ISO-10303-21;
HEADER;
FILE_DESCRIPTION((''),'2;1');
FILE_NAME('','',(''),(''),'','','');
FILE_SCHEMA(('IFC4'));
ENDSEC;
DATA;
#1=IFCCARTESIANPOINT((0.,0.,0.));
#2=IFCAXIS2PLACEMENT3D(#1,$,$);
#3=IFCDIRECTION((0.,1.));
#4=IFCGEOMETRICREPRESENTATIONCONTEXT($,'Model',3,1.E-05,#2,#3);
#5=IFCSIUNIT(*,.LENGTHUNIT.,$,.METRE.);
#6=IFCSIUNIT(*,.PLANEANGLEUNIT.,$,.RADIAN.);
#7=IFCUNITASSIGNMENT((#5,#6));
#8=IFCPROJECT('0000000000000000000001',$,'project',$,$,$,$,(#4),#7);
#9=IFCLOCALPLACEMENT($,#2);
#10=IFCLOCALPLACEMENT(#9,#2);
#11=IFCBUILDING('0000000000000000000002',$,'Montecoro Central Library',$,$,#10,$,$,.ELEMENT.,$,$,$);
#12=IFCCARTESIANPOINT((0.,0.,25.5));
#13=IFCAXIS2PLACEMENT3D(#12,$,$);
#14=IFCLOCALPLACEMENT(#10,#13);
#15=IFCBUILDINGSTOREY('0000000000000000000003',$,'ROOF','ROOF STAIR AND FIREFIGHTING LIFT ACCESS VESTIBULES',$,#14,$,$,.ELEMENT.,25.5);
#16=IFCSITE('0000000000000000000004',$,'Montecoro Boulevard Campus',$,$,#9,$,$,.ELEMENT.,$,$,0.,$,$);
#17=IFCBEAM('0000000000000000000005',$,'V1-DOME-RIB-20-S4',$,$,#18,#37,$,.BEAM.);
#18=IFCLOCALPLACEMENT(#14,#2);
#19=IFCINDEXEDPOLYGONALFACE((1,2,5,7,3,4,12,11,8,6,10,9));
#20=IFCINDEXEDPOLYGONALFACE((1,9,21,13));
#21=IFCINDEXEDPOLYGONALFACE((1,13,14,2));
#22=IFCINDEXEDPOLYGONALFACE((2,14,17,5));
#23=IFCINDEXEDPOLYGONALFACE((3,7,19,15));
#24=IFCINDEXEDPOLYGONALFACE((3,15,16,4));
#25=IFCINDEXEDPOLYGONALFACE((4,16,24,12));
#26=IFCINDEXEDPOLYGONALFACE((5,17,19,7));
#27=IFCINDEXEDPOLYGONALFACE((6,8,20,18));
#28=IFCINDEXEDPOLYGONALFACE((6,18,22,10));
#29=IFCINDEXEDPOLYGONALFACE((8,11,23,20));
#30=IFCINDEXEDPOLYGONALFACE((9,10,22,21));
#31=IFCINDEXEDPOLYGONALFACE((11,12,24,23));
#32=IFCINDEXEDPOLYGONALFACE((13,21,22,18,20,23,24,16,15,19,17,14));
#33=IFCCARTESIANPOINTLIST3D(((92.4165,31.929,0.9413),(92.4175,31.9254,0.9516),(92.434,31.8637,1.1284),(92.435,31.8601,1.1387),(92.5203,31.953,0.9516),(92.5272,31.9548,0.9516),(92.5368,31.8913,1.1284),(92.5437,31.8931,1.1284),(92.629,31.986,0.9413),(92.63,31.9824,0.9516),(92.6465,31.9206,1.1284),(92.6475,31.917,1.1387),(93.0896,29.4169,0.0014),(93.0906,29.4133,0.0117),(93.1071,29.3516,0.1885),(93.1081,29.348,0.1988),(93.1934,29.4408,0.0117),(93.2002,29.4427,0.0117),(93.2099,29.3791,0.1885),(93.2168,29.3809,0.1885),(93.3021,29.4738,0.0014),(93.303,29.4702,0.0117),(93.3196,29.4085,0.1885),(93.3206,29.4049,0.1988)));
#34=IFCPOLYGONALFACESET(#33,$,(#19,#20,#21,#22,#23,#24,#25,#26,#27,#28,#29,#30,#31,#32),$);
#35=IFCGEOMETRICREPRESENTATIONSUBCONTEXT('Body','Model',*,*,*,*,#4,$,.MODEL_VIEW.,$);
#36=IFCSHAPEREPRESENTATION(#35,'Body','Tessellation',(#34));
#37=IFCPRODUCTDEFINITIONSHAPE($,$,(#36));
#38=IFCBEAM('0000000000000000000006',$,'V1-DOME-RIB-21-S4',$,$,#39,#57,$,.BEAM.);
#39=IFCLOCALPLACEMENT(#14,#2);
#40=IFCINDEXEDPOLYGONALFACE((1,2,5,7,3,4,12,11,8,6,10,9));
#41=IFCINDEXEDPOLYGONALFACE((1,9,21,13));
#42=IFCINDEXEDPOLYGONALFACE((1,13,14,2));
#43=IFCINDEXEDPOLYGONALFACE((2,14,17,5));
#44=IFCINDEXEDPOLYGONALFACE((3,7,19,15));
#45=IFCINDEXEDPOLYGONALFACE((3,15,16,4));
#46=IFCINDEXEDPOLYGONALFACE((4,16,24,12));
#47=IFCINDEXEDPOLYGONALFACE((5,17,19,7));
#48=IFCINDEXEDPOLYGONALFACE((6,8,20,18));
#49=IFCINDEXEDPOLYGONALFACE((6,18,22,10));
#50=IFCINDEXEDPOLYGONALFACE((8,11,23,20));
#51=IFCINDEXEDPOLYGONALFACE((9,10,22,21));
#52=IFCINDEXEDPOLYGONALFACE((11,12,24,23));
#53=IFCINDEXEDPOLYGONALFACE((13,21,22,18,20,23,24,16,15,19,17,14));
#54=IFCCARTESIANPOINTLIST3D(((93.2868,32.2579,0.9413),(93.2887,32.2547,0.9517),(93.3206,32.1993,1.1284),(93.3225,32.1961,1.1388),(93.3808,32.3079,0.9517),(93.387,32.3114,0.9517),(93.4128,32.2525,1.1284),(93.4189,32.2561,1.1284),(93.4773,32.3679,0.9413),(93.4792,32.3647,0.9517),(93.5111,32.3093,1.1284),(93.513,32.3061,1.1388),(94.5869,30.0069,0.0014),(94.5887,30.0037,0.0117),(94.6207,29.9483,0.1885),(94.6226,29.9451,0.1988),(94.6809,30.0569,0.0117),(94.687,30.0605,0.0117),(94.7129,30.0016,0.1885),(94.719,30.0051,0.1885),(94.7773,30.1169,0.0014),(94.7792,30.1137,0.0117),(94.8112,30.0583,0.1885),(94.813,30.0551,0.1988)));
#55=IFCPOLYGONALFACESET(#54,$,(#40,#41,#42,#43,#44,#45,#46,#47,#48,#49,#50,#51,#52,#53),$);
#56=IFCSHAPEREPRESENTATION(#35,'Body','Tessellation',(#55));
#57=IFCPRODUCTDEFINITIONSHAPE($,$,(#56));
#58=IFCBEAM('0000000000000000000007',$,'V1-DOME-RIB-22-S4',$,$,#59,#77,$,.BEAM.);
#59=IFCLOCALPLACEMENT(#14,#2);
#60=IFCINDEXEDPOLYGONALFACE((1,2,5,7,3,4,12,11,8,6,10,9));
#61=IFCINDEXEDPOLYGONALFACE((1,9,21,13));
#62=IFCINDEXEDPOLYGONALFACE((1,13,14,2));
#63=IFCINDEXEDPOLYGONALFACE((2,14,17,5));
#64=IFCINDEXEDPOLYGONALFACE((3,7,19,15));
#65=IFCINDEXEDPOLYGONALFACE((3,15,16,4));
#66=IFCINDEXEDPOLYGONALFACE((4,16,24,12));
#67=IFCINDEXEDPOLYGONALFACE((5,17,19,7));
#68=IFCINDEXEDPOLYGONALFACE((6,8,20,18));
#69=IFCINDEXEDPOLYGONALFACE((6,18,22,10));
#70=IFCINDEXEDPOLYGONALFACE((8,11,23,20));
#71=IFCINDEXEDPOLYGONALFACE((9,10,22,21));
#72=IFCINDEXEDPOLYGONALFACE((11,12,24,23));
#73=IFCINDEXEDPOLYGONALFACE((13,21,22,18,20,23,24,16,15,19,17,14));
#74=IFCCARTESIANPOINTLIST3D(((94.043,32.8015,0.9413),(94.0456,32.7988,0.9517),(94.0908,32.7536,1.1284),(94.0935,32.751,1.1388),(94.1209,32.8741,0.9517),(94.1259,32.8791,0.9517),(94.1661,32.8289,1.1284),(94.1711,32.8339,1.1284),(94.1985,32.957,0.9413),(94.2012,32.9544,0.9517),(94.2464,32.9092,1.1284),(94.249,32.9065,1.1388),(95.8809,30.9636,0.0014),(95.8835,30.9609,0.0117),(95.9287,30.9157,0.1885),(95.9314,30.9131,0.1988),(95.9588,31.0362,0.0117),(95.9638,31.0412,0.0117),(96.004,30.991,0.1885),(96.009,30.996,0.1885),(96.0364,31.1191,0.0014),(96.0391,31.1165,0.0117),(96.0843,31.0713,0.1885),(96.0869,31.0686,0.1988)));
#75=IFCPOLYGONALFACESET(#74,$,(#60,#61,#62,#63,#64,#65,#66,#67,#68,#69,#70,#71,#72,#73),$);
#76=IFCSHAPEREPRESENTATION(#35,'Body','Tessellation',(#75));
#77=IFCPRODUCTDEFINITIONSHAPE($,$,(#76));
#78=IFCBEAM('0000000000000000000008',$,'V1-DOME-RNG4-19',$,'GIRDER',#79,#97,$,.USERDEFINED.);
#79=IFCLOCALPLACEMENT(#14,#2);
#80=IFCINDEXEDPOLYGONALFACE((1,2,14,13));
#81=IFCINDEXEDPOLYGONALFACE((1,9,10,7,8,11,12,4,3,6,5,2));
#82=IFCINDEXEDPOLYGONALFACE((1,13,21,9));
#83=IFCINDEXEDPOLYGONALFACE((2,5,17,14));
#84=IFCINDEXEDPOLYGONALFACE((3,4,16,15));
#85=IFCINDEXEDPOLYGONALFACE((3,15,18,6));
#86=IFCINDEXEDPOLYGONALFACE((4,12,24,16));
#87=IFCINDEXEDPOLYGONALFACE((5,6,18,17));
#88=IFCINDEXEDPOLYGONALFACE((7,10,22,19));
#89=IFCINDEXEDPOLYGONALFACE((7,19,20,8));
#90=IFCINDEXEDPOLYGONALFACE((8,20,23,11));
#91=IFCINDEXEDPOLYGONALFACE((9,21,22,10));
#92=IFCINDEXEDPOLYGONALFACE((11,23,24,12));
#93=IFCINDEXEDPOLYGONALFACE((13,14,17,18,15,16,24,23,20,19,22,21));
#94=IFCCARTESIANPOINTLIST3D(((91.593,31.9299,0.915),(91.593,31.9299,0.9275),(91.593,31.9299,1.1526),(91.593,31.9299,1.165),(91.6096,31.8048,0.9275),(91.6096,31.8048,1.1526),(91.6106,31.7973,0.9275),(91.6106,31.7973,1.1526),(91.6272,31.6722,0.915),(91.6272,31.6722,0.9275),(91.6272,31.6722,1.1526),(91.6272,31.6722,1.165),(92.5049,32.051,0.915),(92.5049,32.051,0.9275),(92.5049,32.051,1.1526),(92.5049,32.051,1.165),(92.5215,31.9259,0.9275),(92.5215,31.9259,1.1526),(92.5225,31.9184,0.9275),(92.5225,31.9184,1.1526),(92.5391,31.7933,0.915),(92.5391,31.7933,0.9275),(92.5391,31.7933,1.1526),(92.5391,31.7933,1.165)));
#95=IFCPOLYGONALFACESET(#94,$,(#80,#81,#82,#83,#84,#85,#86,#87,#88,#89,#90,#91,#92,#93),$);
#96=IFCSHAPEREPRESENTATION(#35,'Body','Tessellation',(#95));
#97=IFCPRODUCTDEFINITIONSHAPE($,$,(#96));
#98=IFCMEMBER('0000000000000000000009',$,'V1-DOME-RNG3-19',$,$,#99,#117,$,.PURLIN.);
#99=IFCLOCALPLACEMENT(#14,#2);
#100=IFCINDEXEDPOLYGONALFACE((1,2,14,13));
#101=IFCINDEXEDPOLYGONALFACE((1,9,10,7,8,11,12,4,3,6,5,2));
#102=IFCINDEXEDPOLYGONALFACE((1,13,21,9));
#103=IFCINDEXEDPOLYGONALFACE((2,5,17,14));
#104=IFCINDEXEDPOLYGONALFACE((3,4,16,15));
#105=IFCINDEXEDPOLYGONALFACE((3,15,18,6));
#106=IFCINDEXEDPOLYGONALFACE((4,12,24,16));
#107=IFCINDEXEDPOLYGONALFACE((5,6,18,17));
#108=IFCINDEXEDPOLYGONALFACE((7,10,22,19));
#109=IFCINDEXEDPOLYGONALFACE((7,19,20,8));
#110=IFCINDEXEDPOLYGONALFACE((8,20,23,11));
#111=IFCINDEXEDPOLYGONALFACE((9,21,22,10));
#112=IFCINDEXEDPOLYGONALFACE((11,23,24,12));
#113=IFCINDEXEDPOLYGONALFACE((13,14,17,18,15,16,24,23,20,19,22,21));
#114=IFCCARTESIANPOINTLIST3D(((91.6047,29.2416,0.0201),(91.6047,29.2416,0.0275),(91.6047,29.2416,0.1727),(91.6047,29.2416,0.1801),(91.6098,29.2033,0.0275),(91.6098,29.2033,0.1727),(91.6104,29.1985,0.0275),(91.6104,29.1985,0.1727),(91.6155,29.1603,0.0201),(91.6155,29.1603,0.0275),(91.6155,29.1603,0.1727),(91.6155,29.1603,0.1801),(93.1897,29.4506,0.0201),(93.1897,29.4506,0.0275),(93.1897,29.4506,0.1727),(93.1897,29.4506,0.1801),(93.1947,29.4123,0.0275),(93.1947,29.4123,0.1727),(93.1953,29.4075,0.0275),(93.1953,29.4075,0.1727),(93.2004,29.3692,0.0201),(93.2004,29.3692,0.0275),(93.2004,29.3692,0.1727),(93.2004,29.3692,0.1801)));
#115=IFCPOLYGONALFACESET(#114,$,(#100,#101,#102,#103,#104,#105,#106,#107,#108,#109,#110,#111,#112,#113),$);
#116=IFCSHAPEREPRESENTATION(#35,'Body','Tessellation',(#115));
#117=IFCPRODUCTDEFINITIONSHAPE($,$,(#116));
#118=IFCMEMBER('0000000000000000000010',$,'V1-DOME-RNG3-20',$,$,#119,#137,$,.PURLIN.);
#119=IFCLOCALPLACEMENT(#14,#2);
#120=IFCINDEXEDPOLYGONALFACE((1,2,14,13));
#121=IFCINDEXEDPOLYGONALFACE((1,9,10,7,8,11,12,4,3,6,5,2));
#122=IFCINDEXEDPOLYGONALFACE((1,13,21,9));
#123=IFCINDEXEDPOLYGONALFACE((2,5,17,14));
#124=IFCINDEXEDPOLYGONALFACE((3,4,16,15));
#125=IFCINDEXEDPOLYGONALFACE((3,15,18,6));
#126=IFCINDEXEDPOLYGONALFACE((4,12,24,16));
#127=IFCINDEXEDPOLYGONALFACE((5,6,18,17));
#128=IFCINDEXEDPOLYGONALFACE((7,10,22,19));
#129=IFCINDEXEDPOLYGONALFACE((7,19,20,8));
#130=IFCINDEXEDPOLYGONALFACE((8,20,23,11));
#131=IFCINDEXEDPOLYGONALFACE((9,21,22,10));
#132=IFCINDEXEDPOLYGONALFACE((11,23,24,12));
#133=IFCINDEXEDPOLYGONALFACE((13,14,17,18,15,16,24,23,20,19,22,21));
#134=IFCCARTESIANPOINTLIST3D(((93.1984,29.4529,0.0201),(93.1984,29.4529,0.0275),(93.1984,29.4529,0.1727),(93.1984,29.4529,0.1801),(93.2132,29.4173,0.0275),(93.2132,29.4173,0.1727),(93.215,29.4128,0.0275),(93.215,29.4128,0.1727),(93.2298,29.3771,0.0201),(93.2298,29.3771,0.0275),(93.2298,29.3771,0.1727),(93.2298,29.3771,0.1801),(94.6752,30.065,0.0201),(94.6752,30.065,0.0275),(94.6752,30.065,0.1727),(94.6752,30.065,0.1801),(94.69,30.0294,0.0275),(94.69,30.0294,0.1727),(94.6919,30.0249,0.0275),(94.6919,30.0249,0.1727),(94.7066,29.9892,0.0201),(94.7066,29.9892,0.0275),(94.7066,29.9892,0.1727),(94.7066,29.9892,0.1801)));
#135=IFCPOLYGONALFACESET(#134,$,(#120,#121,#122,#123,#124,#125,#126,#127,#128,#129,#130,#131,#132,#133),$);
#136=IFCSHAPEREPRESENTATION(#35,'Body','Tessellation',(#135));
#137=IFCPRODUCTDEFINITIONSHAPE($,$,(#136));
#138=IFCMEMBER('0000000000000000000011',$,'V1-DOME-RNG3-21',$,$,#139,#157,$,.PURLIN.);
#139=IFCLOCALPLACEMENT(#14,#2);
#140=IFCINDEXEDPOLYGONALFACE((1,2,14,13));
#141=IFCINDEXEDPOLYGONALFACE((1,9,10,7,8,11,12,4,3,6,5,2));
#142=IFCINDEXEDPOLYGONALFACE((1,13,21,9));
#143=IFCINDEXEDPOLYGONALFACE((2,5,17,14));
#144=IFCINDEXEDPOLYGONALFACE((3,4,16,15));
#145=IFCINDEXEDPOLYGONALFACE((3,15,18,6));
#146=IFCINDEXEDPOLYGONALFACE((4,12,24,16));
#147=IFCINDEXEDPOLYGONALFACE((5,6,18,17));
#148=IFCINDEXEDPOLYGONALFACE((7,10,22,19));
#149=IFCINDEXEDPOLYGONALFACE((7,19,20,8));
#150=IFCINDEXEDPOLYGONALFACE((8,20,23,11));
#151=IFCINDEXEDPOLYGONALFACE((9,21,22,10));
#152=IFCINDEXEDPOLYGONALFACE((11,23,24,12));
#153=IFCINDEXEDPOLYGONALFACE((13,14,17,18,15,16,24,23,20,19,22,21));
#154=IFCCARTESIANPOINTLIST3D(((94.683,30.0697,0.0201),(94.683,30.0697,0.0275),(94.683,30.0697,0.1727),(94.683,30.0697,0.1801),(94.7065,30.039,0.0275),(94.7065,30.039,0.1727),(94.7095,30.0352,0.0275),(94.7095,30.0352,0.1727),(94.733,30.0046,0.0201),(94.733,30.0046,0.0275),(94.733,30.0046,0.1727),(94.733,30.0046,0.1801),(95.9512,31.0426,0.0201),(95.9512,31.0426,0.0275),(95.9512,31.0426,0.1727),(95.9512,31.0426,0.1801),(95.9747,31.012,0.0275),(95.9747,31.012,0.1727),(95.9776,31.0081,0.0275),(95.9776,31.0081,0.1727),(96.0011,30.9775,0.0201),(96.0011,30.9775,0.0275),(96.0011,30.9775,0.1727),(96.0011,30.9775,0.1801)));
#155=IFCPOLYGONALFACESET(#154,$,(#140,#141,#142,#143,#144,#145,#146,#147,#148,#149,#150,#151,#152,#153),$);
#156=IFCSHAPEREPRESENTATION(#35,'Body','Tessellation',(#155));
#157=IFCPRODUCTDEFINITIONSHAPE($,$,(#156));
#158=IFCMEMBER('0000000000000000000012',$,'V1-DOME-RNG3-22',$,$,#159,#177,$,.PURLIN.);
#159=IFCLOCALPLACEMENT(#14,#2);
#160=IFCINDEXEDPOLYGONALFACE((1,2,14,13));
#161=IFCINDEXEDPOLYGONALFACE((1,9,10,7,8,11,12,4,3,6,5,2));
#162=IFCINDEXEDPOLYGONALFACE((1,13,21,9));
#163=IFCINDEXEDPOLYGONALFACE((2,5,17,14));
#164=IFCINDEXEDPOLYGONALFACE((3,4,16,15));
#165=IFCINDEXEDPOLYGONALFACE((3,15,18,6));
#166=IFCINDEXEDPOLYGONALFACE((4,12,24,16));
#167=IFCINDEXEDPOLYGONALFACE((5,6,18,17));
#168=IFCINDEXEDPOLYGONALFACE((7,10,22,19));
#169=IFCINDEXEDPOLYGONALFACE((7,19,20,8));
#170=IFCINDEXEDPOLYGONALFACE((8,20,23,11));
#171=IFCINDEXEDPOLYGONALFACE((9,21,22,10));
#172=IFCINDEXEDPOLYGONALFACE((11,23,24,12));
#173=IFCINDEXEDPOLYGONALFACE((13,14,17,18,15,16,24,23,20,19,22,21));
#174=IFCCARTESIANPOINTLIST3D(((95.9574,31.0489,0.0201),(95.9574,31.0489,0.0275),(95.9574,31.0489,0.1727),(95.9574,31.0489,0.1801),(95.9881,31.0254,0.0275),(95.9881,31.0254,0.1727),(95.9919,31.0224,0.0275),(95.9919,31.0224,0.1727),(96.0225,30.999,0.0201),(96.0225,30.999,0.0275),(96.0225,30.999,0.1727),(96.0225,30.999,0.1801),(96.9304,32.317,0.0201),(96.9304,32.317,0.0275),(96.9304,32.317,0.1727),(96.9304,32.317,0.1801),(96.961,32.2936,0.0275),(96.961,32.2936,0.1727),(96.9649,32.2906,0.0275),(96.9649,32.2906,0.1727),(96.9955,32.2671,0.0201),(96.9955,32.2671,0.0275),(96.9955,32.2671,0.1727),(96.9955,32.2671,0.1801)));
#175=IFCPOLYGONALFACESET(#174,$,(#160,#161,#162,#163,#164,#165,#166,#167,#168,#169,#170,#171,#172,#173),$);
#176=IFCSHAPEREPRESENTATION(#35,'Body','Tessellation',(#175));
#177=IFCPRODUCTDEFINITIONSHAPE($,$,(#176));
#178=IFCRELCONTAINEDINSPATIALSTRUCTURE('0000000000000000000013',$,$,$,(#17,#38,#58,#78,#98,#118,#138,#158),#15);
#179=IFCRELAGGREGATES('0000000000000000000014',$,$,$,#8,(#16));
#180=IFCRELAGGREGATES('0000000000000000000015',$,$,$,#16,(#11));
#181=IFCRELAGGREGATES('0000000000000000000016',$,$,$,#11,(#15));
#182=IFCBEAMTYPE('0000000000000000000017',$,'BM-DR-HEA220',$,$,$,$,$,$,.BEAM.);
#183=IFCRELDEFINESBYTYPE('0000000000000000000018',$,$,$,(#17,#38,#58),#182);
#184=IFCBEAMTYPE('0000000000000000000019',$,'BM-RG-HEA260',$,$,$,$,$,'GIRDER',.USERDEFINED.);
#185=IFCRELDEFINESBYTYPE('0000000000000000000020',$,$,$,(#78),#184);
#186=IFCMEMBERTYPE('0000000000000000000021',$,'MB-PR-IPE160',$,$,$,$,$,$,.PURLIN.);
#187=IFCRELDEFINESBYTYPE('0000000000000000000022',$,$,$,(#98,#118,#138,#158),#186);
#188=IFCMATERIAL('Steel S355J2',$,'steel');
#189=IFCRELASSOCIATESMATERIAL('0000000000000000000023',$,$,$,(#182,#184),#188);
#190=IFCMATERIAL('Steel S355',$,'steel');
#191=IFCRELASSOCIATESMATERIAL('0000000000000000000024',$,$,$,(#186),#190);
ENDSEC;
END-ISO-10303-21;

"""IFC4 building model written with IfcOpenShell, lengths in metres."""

from ifc_helpers import new_model, si_unit, direction, frame, origin, origin_2d, place, context, subcontext, project, spatial, i_section, extrude, material, material_profile, profile_set, type_object, element, save


model = new_model("IFC4")

# Units and contexts
model_context = context("Model", 3, precision=1e-05, world=origin(), true_north=direction((0.0, 1.0)))
body_context = subcontext(model_context, "Body", "Model", "MODEL_VIEW")
ifc_project = project(units=[si_unit("LENGTHUNIT", "METRE"), si_unit("PLANEANGLEUNIT", "RADIAN")], contexts=[model_context])

# Site, building, storey
site_placement = place(None, origin())
site = spatial("IfcSite", under=ifc_project, at=site_placement, Name="Montecoro Boulevard Campus", CompositionType="ELEMENT", RefElevation=0.0)
building_placement = place(site_placement, origin())
building = spatial("IfcBuilding", under=site, at=building_placement, Name="Montecoro Central Library", CompositionType="ELEMENT")
storey_placement = place(building_placement, frame((0.0, 0.0, 25.5)))
storey = spatial("IfcBuildingStorey", under=building, at=storey_placement, Name="ROOF", Description="ROOF STAIR AND FIREFIGHTING LIFT ACCESS VESTIBULES", CompositionType="ELEMENT", Elevation=25.5)

# Beams
ifc_material_1 = material(Name="Steel S355J2", Category="steel")
ifc_material_profile_1 = material_profile(ifc_material_1, i_section(OverallWidth=0.22, OverallDepth=0.21, WebThickness=0.0071, FlangeThickness=0.011, at=origin_2d()), Name="HEA 220")
ifc_profile_set_1 = profile_set([ifc_material_profile_1], Name="Steel S355J2")
beam_type_1 = type_object("IfcBeamType", Name="BM-DR-HEA220", PredefinedType="BEAM", material=ifc_profile_set_1)
beam_1_placement = place(storey_placement, frame((93.2051, 29.4109, 0.1001), z_axis=(-0.243394, 0.908425, 0.339887), x_axis=(-0.96593, -0.258802, 0.0)))
element("IfcBeam", 1, at=beam_1_placement, inside=storey, type_object=beam_type_1, Name="V1-DOME-RIB-20-S4", PredefinedType="BEAM", context=body_context, shape_type="SweptSolid", body=[
    extrude(i_section(OverallWidth=0.22, OverallDepth=0.21, WebThickness=0.0071, FlangeThickness=0.011, at=origin_2d()), origin(), (0.0, 0.0, 1.0), 2.7654),
])
beam_2_placement = place(storey_placement, frame((94.7, 30.031, 0.1001), z_axis=(-0.470325, 0.814347, 0.340047), x_axis=(-0.865951, -0.500129, 0.0)))
element("IfcBeam", 2, at=beam_2_placement, inside=storey, type_object=beam_type_1, Name="V1-DOME-RIB-21-S4", PredefinedType="BEAM", context=body_context, shape_type="SweptSolid", body=[
    extrude(i_section(OverallWidth=0.22, OverallDepth=0.21, WebThickness=0.0071, FlangeThickness=0.011, at=origin_2d()), origin(), (0.0, 0.0, 1.0), 2.7642),
])
beam_3_placement = place(storey_placement, frame((95.9839, 31.0161, 0.1001), z_axis=(-0.664961, 0.664961, 0.340077), x_axis=(-0.707107, -0.707107, 0.0)))
element("IfcBeam", 3, at=beam_3_placement, inside=storey, type_object=beam_type_1, Name="V1-DOME-RIB-22-S4", PredefinedType="BEAM", context=body_context, shape_type="SweptSolid", body=[
    extrude(i_section(OverallWidth=0.22, OverallDepth=0.21, WebThickness=0.0071, FlangeThickness=0.011, at=origin_2d()), origin(), (0.0, 0.0, 1.0), 2.7639),
])
ifc_material_profile_2 = material_profile(ifc_material_1, i_section(OverallWidth=0.26, OverallDepth=0.25, WebThickness=0.0076, FlangeThickness=0.0125, at=origin_2d()), Name="HEA 260")
ifc_profile_set_2 = profile_set([ifc_material_profile_2], Name="Steel S355J2")
beam_type_2 = type_object("IfcBeamType", Name="BM-RG-HEA260", ElementType="GIRDER", PredefinedType="USERDEFINED", material=ifc_profile_set_2)
beam_4_placement = place(storey_placement, frame((91.6101, 31.801, 1.04), z_axis=(0.991297, 0.131642, 0.0), x_axis=(-0.131642, 0.991297, 0.0)))
element("IfcBeam", 4, at=beam_4_placement, inside=storey, type_object=beam_type_2, Name="V1-DOME-RNG4-19", ObjectType="GIRDER", PredefinedType="USERDEFINED", context=body_context, shape_type="SweptSolid", body=[
    extrude(i_section(OverallWidth=0.26, OverallDepth=0.25, WebThickness=0.0076, FlangeThickness=0.0125, at=origin_2d()), origin(), (0.0, 0.0, 1.0), 0.9199),
])

# Members
ifc_material_2 = material(Name="Steel S355", Category="steel")
ifc_material_profile_3 = material_profile(ifc_material_2, i_section(OverallWidth=0.082, OverallDepth=0.1599, WebThickness=0.0049, FlangeThickness=0.0073, at=origin_2d()), Name="IPE 160")
ifc_profile_set_3 = profile_set([ifc_material_profile_3], Name="Steel S355")
member_type_1 = type_object("IfcMemberType", Name="MB-PR-IPE160", PredefinedType="PURLIN", material=ifc_profile_set_3)
for number, where, z_axis, x_axis, name in (
    (5, (91.6101, 29.2009, 0.1001), (0.991419, 0.130723, 0.0), (-0.130723, 0.991419, 0.0), "V1-DOME-RNG3-19"),
    (6, (93.2141, 29.415, 0.1001), (0.923803, 0.382869, 0.0), (-0.382869, 0.923803, 0.0), "V1-DOME-RNG3-20"),
):
    element("IfcMember", number, at=place(storey_placement, frame(where, z_axis=z_axis, x_axis=x_axis)), inside=storey, type_object=member_type_1, Name=name, PredefinedType="PURLIN", context=body_context, shape_type="SweptSolid", body=[
        extrude(i_section(OverallWidth=0.082, OverallDepth=0.1599, WebThickness=0.0049, FlangeThickness=0.0073, at=origin_2d()), origin(), (0.0, 0.0, 1.0), 1.5986),
    ])
for number, where, z_axis, x_axis, name in (
    (7, (94.708, 30.0371, 0.1001), (0.79339, 0.608714, 0.0), (-0.608714, 0.79339, 0.0), "V1-DOME-RNG3-21"),
    (8, (95.99, 31.0239, 0.1001), (0.608714, 0.79339, 0.0), (-0.79339, 0.608714, 0.0), "V1-DOME-RNG3-22"),
):
    element("IfcMember", number, at=place(storey_placement, frame(where, z_axis=z_axis, x_axis=x_axis)), inside=storey, type_object=member_type_1, Name=name, PredefinedType="PURLIN", context=body_context, shape_type="SweptSolid", body=[
        extrude(i_section(OverallWidth=0.082, OverallDepth=0.1599, WebThickness=0.0049, FlangeThickness=0.0073, at=origin_2d()), origin(), (0.0, 0.0, 1.0), 1.5984),
    ])

save(model, "model.ifc")
